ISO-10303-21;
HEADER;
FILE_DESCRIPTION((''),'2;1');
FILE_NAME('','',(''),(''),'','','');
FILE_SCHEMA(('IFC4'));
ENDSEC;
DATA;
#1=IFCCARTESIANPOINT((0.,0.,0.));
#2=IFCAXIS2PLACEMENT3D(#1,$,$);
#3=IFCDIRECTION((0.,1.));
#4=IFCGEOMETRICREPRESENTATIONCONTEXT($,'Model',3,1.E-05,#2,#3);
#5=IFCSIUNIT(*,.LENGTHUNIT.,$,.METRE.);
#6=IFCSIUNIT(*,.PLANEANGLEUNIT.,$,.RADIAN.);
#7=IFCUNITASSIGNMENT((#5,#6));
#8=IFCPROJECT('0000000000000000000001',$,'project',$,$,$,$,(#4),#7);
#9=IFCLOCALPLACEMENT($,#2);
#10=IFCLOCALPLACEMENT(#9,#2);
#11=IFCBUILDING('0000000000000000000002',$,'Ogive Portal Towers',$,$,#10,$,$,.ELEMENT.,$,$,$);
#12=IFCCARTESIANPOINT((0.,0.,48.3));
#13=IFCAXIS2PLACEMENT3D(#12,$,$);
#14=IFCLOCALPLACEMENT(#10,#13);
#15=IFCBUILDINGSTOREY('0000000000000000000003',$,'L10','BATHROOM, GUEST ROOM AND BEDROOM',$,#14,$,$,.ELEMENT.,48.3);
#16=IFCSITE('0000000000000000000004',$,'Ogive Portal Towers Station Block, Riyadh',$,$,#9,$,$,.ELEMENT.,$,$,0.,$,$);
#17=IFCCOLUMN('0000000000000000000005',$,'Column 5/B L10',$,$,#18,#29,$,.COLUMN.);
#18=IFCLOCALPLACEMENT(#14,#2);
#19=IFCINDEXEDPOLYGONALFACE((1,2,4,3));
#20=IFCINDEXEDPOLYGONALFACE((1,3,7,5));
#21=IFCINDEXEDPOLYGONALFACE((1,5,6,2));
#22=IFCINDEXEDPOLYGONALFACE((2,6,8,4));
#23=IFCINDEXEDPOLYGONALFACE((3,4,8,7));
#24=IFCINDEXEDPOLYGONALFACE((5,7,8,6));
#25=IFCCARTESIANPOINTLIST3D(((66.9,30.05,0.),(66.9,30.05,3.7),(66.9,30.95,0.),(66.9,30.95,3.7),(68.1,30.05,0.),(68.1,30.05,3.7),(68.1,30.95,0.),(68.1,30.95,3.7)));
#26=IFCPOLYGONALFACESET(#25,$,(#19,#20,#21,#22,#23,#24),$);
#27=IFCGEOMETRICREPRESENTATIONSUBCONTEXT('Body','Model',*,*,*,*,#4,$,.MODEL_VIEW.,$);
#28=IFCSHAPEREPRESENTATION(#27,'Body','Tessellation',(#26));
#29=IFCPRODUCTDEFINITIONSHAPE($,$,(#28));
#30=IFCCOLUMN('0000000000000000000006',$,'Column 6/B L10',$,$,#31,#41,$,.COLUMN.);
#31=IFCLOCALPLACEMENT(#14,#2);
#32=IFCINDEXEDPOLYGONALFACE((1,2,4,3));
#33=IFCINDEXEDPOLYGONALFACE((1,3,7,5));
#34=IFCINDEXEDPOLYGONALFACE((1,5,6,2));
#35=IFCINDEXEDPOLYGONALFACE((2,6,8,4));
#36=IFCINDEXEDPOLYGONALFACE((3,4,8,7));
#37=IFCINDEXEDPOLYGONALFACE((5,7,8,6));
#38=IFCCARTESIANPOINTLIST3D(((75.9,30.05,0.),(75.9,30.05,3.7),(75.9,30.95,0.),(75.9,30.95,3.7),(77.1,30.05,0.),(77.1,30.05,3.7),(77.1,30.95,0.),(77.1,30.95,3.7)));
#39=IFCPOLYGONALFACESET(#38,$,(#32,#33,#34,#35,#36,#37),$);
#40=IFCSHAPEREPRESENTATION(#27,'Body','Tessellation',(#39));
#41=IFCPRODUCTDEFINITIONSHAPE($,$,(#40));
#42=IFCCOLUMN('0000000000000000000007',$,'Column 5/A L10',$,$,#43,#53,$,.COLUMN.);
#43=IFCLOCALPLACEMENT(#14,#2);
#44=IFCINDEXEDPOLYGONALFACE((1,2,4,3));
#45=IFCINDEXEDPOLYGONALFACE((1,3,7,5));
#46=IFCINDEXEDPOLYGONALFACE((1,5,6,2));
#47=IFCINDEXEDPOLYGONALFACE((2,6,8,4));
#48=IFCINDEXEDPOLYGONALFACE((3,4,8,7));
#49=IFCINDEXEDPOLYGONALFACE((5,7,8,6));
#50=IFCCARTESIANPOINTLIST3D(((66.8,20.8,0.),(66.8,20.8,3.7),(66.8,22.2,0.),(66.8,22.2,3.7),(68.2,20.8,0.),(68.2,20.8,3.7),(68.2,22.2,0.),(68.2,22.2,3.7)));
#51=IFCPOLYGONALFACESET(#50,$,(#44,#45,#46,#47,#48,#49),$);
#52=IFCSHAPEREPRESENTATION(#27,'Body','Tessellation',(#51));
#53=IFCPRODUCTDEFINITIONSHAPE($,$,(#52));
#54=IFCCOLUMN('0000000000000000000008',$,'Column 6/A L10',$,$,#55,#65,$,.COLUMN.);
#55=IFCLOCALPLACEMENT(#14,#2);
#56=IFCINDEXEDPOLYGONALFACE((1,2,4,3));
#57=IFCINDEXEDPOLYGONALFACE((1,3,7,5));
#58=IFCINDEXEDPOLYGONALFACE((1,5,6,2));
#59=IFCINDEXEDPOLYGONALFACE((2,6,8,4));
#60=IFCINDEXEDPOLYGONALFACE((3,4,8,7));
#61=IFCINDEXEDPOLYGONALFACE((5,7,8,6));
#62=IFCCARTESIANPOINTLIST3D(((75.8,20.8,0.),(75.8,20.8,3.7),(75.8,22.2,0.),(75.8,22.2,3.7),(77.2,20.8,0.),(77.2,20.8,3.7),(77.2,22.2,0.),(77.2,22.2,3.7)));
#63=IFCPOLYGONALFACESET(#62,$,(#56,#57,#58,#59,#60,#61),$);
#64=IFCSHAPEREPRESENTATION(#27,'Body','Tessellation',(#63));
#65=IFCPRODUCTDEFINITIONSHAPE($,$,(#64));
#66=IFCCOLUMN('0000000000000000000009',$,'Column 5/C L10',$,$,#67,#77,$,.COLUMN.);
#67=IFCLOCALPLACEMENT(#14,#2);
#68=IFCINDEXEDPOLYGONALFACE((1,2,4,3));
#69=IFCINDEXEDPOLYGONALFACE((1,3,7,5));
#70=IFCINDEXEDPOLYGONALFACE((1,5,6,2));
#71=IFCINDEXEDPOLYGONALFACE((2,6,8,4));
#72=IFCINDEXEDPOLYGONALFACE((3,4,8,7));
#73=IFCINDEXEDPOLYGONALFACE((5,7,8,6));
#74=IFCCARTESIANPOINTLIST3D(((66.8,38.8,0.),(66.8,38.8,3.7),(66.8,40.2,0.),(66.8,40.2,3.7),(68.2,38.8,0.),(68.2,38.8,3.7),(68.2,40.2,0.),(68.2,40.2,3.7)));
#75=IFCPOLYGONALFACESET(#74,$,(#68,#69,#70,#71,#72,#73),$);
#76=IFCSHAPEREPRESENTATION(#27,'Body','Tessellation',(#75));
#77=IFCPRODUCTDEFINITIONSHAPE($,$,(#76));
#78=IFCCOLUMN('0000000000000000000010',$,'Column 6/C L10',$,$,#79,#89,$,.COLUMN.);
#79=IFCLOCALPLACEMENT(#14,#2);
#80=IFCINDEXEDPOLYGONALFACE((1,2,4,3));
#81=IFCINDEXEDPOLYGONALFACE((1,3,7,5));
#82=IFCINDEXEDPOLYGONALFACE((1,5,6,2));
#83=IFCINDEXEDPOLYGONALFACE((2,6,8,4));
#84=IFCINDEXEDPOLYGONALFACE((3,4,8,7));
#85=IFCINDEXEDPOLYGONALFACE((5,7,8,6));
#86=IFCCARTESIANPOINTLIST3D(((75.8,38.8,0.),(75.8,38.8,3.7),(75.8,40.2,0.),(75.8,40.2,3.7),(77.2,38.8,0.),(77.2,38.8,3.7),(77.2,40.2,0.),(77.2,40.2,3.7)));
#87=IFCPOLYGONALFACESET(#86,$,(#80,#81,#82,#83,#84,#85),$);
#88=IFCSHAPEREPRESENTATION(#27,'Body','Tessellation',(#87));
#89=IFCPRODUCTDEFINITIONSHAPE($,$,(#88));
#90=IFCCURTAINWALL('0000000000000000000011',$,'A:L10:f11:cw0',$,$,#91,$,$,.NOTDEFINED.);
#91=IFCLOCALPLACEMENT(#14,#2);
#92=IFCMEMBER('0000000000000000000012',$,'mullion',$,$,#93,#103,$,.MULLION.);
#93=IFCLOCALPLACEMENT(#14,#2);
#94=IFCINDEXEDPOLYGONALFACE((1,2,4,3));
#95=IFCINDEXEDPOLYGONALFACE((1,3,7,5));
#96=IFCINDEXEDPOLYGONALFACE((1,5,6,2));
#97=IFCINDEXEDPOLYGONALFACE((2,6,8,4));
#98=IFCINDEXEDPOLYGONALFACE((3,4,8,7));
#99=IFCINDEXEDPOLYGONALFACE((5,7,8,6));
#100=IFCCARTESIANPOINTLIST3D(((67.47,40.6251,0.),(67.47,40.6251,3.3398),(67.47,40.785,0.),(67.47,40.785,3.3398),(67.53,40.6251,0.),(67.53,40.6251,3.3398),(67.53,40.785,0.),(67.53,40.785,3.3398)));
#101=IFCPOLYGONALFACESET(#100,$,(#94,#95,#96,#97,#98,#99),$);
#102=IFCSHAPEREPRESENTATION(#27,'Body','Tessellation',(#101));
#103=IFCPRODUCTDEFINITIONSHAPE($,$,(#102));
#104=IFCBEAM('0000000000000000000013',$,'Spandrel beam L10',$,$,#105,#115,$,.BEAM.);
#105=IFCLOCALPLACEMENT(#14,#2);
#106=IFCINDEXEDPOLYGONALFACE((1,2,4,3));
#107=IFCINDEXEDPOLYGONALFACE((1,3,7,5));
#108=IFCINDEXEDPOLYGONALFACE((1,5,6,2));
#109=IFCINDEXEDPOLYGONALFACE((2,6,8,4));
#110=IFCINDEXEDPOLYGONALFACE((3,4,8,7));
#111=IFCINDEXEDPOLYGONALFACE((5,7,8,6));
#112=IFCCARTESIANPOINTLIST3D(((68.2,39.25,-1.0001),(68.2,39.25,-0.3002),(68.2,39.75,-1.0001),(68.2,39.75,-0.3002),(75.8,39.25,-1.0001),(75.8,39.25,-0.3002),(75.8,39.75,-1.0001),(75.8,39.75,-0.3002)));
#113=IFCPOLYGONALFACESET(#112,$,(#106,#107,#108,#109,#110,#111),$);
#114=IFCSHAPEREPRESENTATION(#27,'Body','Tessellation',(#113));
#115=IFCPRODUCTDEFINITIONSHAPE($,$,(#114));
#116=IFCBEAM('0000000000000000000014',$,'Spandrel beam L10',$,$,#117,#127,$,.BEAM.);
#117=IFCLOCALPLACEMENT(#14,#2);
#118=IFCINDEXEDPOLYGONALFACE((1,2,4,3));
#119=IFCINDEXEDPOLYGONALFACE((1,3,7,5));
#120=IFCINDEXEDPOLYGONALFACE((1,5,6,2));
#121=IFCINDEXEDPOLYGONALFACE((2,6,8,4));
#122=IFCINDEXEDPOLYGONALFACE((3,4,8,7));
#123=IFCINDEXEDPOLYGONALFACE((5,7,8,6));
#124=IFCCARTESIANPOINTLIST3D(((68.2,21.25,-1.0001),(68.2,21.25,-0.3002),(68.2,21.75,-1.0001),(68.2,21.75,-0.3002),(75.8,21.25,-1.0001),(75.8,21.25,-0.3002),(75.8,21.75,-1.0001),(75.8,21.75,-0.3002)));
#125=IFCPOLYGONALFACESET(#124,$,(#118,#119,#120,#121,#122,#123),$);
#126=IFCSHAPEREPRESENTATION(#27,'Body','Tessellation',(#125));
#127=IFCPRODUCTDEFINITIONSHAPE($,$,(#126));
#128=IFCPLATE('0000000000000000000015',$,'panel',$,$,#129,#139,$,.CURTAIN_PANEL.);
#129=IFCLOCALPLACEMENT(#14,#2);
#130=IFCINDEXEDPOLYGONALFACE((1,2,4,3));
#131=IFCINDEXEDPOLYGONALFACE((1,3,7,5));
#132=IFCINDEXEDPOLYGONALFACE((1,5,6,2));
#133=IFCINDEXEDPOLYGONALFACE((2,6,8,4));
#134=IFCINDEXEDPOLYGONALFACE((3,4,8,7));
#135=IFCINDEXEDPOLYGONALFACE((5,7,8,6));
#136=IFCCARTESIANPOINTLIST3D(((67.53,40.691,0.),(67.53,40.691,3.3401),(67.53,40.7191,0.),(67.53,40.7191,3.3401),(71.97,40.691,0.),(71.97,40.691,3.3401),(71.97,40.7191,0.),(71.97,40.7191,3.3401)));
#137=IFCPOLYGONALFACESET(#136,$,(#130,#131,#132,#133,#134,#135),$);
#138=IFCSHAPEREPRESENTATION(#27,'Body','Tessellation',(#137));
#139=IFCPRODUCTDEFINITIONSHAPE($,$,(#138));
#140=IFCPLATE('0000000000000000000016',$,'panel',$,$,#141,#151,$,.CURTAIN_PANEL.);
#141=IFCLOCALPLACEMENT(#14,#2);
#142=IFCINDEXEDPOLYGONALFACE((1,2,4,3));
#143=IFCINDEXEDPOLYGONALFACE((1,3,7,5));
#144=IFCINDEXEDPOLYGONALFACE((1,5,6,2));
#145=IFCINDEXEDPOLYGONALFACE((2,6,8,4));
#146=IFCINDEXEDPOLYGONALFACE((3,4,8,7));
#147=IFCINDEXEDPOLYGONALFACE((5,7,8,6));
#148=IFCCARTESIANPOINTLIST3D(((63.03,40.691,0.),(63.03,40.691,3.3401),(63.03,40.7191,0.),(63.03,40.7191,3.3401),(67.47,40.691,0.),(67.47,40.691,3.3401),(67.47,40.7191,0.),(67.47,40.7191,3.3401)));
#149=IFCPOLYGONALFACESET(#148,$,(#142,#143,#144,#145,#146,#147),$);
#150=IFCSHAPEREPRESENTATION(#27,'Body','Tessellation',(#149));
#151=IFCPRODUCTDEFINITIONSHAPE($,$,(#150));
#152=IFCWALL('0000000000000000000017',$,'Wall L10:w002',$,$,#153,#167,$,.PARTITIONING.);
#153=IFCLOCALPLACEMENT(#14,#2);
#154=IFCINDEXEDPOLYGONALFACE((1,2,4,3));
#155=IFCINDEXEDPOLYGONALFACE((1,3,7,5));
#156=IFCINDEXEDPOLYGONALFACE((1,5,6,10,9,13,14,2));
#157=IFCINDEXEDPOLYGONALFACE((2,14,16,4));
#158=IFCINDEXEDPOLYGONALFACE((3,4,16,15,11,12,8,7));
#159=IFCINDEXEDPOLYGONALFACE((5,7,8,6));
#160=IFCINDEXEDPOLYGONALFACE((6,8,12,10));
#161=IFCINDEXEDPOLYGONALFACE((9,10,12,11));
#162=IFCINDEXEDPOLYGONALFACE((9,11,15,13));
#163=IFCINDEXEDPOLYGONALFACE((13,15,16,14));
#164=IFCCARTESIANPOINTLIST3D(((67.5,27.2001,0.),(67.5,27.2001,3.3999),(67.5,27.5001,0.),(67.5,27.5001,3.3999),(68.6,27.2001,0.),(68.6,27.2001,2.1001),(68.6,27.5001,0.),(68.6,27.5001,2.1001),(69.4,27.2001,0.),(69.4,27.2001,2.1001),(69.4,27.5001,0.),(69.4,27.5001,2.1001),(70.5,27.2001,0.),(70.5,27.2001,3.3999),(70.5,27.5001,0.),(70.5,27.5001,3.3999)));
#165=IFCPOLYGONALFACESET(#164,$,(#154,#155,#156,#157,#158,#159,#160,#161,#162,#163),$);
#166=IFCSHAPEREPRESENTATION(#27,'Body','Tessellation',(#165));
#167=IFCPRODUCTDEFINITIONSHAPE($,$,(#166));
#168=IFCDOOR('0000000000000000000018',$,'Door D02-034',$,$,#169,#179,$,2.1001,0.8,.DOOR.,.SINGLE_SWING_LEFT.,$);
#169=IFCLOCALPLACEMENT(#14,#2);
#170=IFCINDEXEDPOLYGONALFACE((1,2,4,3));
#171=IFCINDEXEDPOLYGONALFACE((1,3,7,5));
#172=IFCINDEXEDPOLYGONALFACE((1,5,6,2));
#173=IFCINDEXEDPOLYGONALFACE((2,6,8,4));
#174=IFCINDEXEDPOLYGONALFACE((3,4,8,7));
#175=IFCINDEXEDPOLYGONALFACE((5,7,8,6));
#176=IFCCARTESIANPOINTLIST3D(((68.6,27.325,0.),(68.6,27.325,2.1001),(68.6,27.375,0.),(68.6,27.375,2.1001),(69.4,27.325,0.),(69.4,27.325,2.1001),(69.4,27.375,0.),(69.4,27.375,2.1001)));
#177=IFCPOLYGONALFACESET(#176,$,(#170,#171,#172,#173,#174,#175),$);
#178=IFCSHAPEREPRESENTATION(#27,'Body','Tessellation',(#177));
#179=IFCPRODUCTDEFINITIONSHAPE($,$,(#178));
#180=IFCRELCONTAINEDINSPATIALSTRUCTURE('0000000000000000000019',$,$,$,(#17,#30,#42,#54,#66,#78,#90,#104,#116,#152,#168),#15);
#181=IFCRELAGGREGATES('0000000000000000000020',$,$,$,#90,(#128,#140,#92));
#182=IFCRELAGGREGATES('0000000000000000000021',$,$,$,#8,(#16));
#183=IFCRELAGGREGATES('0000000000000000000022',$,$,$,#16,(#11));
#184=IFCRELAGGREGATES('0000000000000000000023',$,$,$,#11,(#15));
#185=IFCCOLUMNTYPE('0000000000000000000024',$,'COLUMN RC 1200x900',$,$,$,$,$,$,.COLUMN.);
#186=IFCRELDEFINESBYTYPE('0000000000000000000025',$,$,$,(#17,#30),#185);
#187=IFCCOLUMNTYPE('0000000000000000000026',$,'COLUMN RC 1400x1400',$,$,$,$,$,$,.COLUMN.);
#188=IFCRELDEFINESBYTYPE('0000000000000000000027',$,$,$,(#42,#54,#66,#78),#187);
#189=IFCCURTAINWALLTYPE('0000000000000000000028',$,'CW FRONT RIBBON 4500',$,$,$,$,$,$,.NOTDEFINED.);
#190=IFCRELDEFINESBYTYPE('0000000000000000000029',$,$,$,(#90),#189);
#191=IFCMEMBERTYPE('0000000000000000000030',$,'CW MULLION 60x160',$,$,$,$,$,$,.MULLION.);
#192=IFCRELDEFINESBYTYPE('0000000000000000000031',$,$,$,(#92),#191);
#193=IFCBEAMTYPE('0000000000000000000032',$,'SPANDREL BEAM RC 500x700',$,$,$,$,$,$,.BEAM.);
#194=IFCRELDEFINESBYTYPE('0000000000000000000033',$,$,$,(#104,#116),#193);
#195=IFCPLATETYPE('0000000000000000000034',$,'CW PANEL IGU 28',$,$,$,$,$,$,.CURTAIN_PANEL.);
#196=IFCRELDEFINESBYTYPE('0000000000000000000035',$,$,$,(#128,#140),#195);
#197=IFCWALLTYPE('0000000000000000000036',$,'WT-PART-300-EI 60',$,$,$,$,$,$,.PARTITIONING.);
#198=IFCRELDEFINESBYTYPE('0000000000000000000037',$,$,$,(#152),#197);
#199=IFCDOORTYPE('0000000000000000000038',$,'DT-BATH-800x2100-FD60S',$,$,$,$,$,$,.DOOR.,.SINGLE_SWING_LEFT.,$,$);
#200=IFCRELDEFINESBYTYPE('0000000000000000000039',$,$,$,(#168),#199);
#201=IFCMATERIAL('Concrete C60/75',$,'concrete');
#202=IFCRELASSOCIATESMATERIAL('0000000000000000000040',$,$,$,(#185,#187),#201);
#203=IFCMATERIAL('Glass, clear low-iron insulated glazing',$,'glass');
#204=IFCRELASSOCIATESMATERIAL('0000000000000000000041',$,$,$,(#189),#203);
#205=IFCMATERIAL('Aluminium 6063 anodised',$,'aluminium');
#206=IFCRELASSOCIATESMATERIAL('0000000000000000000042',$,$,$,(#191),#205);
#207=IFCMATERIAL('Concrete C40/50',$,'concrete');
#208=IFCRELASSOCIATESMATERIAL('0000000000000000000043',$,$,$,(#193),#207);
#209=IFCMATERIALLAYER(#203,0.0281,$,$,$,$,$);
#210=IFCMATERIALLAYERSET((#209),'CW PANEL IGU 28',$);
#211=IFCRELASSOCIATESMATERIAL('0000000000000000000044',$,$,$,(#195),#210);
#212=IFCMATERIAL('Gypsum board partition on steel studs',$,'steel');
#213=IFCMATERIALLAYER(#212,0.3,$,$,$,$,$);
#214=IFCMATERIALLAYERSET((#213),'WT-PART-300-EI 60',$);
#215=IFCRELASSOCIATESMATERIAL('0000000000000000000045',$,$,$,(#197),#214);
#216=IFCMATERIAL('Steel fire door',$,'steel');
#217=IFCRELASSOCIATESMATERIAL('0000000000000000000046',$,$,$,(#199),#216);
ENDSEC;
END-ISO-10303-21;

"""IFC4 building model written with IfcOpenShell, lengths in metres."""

from ifc_helpers import new_model, si_unit, direction, frame, frame_2d, origin, origin_2d, place, context, subcontext, project, spatial, rectangle, extrude, material, layer, layer_set, material_profile, profile_set, type_object, element, fill, aggregate, save


model = new_model("IFC4")

# Units and contexts
model_context = context("Model", 3, precision=1e-05, world=origin(), true_north=direction((0.0, 1.0)))
body_context = subcontext(model_context, "Body", "Model", "MODEL_VIEW")
ifc_project = project(units=[si_unit("LENGTHUNIT", "METRE"), si_unit("PLANEANGLEUNIT", "RADIAN")], contexts=[model_context])

# Site, building, storey
site_placement = place(None, origin())
site = spatial("IfcSite", under=ifc_project, at=site_placement, Name="Ogive Portal Towers Station Block, Riyadh", CompositionType="ELEMENT", RefElevation=0.0)
building_placement = place(site_placement, origin())
building = spatial("IfcBuilding", under=site, at=building_placement, Name="Ogive Portal Towers", CompositionType="ELEMENT")
storey_placement = place(building_placement, frame((0.0, 0.0, 48.3)))
storey = spatial("IfcBuildingStorey", under=building, at=storey_placement, Name="L10", Description="BATHROOM, GUEST ROOM AND BEDROOM", CompositionType="ELEMENT", Elevation=48.3)

# Columns
ifc_material_1 = material(Name="Concrete C60/75", Category="concrete")
ifc_material_profile_1 = material_profile(ifc_material_1, rectangle(XDim=1.2, YDim=0.8999, at=origin_2d()), Name="RC 1200x900")
ifc_profile_set_1 = profile_set([ifc_material_profile_1], Name="Concrete C60/75")
column_type_1 = type_object("IfcColumnType", Name="COLUMN RC 1200x900", PredefinedType="COLUMN", material=ifc_profile_set_1)
for number, where, z_axis, x_axis, name in (
    (1, (67.5, 30.5, 0.0), (0.0, 0.0, 1.0), (1.0, 0.0, 0.0), "Column 5/B L10"),
    (2, (76.5, 30.5, 0.0), (0.0, 0.0, 1.0), (1.0, 0.0, 0.0), "Column 6/B L10"),
):
    element("IfcColumn", number, at=place(storey_placement, frame(where, z_axis=z_axis, x_axis=x_axis)), inside=storey, type_object=column_type_1, Name=name, PredefinedType="COLUMN", context=body_context, shape_type="SweptSolid", body=[
        extrude(rectangle(XDim=1.2, YDim=0.8999, at=origin_2d()), origin(), (0.0, 0.0, 1.0), 3.7),
    ])
ifc_material_profile_2 = material_profile(ifc_material_1, rectangle(XDim=1.3999, YDim=1.3999, at=origin_2d()), Name="RC 1400x1400")
ifc_profile_set_2 = profile_set([ifc_material_profile_2], Name="Concrete C60/75")
column_type_2 = type_object("IfcColumnType", Name="COLUMN RC 1400x1400", PredefinedType="COLUMN", material=ifc_profile_set_2)
for number, where, z_axis, x_axis, name in (
    (3, (67.5, 21.5, 0.0), (0.0, 0.0, 1.0), (1.0, 0.0, 0.0), "Column 5/A L10"),
    (4, (76.5, 21.5, 0.0), (0.0, 0.0, 1.0), (1.0, 0.0, 0.0), "Column 6/A L10"),
    (5, (67.5, 39.5, 0.0), (0.0, 0.0, 1.0), (1.0, 0.0, 0.0), "Column 5/C L10"),
    (6, (76.5, 39.5, 0.0), (0.0, 0.0, 1.0), (1.0, 0.0, 0.0), "Column 6/C L10"),
):
    element("IfcColumn", number, at=place(storey_placement, frame(where, z_axis=z_axis, x_axis=x_axis)), inside=storey, type_object=column_type_2, Name=name, PredefinedType="COLUMN", context=body_context, shape_type="SweptSolid", body=[
        extrude(rectangle(XDim=1.3999, YDim=1.3999, at=origin_2d()), origin(), (0.0, 0.0, 1.0), 3.7),
    ])

# Curtain wall, member
ifc_material_2 = material(Name="Glass, clear low-iron insulated glazing", Category="glass")
curtain_wall_type = type_object("IfcCurtainWallType", Name="CW FRONT RIBBON 4500", PredefinedType="NOTDEFINED", material=ifc_material_2)
curtain_wall_placement = place(storey_placement, origin())
curtain_wall = element("IfcCurtainWall", 7, at=curtain_wall_placement, inside=storey, type_object=curtain_wall_type, Name="A:L10:f11:cw0", PredefinedType="NOTDEFINED")
ifc_material_3 = material(Name="Aluminium 6063 anodised", Category="aluminium")
ifc_material_profile_3 = material_profile(ifc_material_3, rectangle(XDim=0.1599, YDim=0.0601, at=origin_2d()), Name="AL 60x160")
ifc_profile_set_3 = profile_set([ifc_material_profile_3], Name="Aluminium 6063 anodised")
member_type = type_object("IfcMemberType", Name="CW MULLION 60x160", PredefinedType="MULLION", material=ifc_profile_set_3)
member_placement = place(storey_placement, frame((67.5, 40.7051, 0.0), z_axis=(0.0, 0.0, 1.0), x_axis=(0.0, -1.0, 0.0)))
member = element("IfcMember", 8, at=member_placement, type_object=member_type, Name="mullion", PredefinedType="MULLION", context=body_context, shape_type="SweptSolid", body=[
    extrude(rectangle(XDim=0.1599, YDim=0.0601, at=origin_2d()), origin(), (0.0, 0.0, 1.0), 3.3398),
])

# Beams
ifc_material_4 = material(Name="Concrete C40/50", Category="concrete")
ifc_material_profile_4 = material_profile(ifc_material_4, rectangle(XDim=0.5, YDim=0.7, at=origin_2d()), Name="RC 500x700")
ifc_profile_set_4 = profile_set([ifc_material_profile_4], Name="Concrete C40/50")
beam_type = type_object("IfcBeamType", Name="SPANDREL BEAM RC 500x700", PredefinedType="BEAM", material=ifc_profile_set_4)
for number, where, z_axis, x_axis, name in (
    (9, (68.2, 39.5, -0.6501), (1.0, 0.0, 0.0), (0.0, 1.0, 0.0), "Spandrel beam L10"),
    (10, (75.8, 21.5, -0.6501), (-1.0, 0.0, 0.0), (0.0, -1.0, 0.0), "Spandrel beam L10"),
):
    element("IfcBeam", number, at=place(storey_placement, frame(where, z_axis=z_axis, x_axis=x_axis)), inside=storey, type_object=beam_type, Name=name, PredefinedType="BEAM", context=body_context, shape_type="SweptSolid", body=[
        extrude(rectangle(XDim=0.5, YDim=0.7, at=origin_2d()), origin(), (0.0, 0.0, 1.0), 7.6001),
    ])

# Plates
ifc_layer_1 = layer(ifc_material_2, 0.0281)
ifc_layer_set_1 = layer_set([ifc_layer_1], Name="CW PANEL IGU 28")
plate_type = type_object("IfcPlateType", Name="CW PANEL IGU 28", PredefinedType="CURTAIN_PANEL", material=ifc_layer_set_1)
plate_1_placement = place(storey_placement, frame((69.75, 40.7051, 0.0), z_axis=(0.0, 0.0, 1.0), x_axis=(-1.0, 0.0, 0.0)))
plate_1 = element("IfcPlate", 11, at=plate_1_placement, type_object=plate_type, Name="panel", PredefinedType="CURTAIN_PANEL", context=body_context, shape_type="SweptSolid", body=[
    extrude(rectangle(XDim=4.4399, YDim=0.0281, at=origin_2d()), origin(), (0.0, 0.0, 1.0), 3.3401),
])
plate_2_placement = place(storey_placement, frame((65.25, 40.7051, 0.0), z_axis=(0.0, 0.0, 1.0), x_axis=(-1.0, 0.0, 0.0)))
plate_2 = element("IfcPlate", 12, at=plate_2_placement, type_object=plate_type, Name="panel", PredefinedType="CURTAIN_PANEL", context=body_context, shape_type="SweptSolid", body=[
    extrude(rectangle(XDim=4.4399, YDim=0.0281, at=origin_2d()), origin(), (0.0, 0.0, 1.0), 3.3401),
])
aggregate(curtain_wall, [plate_1, plate_2, member])

# Wall, opening, door
ifc_material_5 = material(Name="Gypsum board partition on steel studs", Category="steel")
ifc_layer_2 = layer(ifc_material_5, 0.3)
ifc_layer_set_2 = layer_set([ifc_layer_2], Name="WT-PART-300-EI 60")
wall_type = type_object("IfcWallType", Name="WT-PART-300-EI 60", PredefinedType="PARTITIONING", material=ifc_layer_set_2)
wall_1_placement = place(storey_placement, frame((67.5, 27.3501, 0.0), z_axis=(0.0, 0.0, 1.0), x_axis=(1.0, 0.0, 0.0)))
wall_1 = element("IfcWall", 13, at=wall_1_placement, inside=storey, type_object=wall_type, Name="Wall L10:w002", PredefinedType="PARTITIONING", context=body_context, shape_type="SweptSolid", body=[
    extrude(rectangle(XDim=3.0, YDim=0.3, at=frame_2d((1.5, 0.0))), origin(), (0.0, 0.0, 1.0), 3.3999),
])
opening_1_placement = place(wall_1_placement, frame((1.1001, 0.0, 0.0)))
opening_1 = element("IfcOpeningElement", 14, at=opening_1_placement, cuts=wall_1, PredefinedType="OPENING", context=body_context, shape_type="SweptSolid", body=[
    extrude(rectangle(XDim=0.8, YDim=2.1001, at=frame_2d((0.3999, 1.05))), frame((0.0, 0.1602, 0.0), z_axis=(0.0, -1.0, 0.0), x_axis=(1.0, 0.0, 0.0)), (0.0, 0.0, 1.0), 0.3201),
])
ifc_material_6 = material(Name="Steel fire door", Category="steel")
door_type = type_object("IfcDoorType", Name="DT-BATH-800x2100-FD60S", OperationType="SINGLE_SWING_LEFT", PredefinedType="DOOR", material=ifc_material_6)
door_1_placement = place(opening_1_placement, origin())
door_1 = element("IfcDoor", 15, at=door_1_placement, inside=storey, type_object=door_type, Name="Door D02-034", OperationType="SINGLE_SWING_LEFT", OverallHeight=2.1001, OverallWidth=0.8, PredefinedType="DOOR", context=body_context, shape_type="SweptSolid", body=[
    extrude(rectangle(XDim=0.8, YDim=2.1001, at=frame_2d((0.3999, 1.05))), frame((0.0, 0.0249, 0.0), z_axis=(0.0, -1.0, 0.0), x_axis=(1.0, 0.0, 0.0)), (0.0, 0.0, 1.0), 0.05),
])
fill(opening_1, door_1)

save(model, "model.ifc")
